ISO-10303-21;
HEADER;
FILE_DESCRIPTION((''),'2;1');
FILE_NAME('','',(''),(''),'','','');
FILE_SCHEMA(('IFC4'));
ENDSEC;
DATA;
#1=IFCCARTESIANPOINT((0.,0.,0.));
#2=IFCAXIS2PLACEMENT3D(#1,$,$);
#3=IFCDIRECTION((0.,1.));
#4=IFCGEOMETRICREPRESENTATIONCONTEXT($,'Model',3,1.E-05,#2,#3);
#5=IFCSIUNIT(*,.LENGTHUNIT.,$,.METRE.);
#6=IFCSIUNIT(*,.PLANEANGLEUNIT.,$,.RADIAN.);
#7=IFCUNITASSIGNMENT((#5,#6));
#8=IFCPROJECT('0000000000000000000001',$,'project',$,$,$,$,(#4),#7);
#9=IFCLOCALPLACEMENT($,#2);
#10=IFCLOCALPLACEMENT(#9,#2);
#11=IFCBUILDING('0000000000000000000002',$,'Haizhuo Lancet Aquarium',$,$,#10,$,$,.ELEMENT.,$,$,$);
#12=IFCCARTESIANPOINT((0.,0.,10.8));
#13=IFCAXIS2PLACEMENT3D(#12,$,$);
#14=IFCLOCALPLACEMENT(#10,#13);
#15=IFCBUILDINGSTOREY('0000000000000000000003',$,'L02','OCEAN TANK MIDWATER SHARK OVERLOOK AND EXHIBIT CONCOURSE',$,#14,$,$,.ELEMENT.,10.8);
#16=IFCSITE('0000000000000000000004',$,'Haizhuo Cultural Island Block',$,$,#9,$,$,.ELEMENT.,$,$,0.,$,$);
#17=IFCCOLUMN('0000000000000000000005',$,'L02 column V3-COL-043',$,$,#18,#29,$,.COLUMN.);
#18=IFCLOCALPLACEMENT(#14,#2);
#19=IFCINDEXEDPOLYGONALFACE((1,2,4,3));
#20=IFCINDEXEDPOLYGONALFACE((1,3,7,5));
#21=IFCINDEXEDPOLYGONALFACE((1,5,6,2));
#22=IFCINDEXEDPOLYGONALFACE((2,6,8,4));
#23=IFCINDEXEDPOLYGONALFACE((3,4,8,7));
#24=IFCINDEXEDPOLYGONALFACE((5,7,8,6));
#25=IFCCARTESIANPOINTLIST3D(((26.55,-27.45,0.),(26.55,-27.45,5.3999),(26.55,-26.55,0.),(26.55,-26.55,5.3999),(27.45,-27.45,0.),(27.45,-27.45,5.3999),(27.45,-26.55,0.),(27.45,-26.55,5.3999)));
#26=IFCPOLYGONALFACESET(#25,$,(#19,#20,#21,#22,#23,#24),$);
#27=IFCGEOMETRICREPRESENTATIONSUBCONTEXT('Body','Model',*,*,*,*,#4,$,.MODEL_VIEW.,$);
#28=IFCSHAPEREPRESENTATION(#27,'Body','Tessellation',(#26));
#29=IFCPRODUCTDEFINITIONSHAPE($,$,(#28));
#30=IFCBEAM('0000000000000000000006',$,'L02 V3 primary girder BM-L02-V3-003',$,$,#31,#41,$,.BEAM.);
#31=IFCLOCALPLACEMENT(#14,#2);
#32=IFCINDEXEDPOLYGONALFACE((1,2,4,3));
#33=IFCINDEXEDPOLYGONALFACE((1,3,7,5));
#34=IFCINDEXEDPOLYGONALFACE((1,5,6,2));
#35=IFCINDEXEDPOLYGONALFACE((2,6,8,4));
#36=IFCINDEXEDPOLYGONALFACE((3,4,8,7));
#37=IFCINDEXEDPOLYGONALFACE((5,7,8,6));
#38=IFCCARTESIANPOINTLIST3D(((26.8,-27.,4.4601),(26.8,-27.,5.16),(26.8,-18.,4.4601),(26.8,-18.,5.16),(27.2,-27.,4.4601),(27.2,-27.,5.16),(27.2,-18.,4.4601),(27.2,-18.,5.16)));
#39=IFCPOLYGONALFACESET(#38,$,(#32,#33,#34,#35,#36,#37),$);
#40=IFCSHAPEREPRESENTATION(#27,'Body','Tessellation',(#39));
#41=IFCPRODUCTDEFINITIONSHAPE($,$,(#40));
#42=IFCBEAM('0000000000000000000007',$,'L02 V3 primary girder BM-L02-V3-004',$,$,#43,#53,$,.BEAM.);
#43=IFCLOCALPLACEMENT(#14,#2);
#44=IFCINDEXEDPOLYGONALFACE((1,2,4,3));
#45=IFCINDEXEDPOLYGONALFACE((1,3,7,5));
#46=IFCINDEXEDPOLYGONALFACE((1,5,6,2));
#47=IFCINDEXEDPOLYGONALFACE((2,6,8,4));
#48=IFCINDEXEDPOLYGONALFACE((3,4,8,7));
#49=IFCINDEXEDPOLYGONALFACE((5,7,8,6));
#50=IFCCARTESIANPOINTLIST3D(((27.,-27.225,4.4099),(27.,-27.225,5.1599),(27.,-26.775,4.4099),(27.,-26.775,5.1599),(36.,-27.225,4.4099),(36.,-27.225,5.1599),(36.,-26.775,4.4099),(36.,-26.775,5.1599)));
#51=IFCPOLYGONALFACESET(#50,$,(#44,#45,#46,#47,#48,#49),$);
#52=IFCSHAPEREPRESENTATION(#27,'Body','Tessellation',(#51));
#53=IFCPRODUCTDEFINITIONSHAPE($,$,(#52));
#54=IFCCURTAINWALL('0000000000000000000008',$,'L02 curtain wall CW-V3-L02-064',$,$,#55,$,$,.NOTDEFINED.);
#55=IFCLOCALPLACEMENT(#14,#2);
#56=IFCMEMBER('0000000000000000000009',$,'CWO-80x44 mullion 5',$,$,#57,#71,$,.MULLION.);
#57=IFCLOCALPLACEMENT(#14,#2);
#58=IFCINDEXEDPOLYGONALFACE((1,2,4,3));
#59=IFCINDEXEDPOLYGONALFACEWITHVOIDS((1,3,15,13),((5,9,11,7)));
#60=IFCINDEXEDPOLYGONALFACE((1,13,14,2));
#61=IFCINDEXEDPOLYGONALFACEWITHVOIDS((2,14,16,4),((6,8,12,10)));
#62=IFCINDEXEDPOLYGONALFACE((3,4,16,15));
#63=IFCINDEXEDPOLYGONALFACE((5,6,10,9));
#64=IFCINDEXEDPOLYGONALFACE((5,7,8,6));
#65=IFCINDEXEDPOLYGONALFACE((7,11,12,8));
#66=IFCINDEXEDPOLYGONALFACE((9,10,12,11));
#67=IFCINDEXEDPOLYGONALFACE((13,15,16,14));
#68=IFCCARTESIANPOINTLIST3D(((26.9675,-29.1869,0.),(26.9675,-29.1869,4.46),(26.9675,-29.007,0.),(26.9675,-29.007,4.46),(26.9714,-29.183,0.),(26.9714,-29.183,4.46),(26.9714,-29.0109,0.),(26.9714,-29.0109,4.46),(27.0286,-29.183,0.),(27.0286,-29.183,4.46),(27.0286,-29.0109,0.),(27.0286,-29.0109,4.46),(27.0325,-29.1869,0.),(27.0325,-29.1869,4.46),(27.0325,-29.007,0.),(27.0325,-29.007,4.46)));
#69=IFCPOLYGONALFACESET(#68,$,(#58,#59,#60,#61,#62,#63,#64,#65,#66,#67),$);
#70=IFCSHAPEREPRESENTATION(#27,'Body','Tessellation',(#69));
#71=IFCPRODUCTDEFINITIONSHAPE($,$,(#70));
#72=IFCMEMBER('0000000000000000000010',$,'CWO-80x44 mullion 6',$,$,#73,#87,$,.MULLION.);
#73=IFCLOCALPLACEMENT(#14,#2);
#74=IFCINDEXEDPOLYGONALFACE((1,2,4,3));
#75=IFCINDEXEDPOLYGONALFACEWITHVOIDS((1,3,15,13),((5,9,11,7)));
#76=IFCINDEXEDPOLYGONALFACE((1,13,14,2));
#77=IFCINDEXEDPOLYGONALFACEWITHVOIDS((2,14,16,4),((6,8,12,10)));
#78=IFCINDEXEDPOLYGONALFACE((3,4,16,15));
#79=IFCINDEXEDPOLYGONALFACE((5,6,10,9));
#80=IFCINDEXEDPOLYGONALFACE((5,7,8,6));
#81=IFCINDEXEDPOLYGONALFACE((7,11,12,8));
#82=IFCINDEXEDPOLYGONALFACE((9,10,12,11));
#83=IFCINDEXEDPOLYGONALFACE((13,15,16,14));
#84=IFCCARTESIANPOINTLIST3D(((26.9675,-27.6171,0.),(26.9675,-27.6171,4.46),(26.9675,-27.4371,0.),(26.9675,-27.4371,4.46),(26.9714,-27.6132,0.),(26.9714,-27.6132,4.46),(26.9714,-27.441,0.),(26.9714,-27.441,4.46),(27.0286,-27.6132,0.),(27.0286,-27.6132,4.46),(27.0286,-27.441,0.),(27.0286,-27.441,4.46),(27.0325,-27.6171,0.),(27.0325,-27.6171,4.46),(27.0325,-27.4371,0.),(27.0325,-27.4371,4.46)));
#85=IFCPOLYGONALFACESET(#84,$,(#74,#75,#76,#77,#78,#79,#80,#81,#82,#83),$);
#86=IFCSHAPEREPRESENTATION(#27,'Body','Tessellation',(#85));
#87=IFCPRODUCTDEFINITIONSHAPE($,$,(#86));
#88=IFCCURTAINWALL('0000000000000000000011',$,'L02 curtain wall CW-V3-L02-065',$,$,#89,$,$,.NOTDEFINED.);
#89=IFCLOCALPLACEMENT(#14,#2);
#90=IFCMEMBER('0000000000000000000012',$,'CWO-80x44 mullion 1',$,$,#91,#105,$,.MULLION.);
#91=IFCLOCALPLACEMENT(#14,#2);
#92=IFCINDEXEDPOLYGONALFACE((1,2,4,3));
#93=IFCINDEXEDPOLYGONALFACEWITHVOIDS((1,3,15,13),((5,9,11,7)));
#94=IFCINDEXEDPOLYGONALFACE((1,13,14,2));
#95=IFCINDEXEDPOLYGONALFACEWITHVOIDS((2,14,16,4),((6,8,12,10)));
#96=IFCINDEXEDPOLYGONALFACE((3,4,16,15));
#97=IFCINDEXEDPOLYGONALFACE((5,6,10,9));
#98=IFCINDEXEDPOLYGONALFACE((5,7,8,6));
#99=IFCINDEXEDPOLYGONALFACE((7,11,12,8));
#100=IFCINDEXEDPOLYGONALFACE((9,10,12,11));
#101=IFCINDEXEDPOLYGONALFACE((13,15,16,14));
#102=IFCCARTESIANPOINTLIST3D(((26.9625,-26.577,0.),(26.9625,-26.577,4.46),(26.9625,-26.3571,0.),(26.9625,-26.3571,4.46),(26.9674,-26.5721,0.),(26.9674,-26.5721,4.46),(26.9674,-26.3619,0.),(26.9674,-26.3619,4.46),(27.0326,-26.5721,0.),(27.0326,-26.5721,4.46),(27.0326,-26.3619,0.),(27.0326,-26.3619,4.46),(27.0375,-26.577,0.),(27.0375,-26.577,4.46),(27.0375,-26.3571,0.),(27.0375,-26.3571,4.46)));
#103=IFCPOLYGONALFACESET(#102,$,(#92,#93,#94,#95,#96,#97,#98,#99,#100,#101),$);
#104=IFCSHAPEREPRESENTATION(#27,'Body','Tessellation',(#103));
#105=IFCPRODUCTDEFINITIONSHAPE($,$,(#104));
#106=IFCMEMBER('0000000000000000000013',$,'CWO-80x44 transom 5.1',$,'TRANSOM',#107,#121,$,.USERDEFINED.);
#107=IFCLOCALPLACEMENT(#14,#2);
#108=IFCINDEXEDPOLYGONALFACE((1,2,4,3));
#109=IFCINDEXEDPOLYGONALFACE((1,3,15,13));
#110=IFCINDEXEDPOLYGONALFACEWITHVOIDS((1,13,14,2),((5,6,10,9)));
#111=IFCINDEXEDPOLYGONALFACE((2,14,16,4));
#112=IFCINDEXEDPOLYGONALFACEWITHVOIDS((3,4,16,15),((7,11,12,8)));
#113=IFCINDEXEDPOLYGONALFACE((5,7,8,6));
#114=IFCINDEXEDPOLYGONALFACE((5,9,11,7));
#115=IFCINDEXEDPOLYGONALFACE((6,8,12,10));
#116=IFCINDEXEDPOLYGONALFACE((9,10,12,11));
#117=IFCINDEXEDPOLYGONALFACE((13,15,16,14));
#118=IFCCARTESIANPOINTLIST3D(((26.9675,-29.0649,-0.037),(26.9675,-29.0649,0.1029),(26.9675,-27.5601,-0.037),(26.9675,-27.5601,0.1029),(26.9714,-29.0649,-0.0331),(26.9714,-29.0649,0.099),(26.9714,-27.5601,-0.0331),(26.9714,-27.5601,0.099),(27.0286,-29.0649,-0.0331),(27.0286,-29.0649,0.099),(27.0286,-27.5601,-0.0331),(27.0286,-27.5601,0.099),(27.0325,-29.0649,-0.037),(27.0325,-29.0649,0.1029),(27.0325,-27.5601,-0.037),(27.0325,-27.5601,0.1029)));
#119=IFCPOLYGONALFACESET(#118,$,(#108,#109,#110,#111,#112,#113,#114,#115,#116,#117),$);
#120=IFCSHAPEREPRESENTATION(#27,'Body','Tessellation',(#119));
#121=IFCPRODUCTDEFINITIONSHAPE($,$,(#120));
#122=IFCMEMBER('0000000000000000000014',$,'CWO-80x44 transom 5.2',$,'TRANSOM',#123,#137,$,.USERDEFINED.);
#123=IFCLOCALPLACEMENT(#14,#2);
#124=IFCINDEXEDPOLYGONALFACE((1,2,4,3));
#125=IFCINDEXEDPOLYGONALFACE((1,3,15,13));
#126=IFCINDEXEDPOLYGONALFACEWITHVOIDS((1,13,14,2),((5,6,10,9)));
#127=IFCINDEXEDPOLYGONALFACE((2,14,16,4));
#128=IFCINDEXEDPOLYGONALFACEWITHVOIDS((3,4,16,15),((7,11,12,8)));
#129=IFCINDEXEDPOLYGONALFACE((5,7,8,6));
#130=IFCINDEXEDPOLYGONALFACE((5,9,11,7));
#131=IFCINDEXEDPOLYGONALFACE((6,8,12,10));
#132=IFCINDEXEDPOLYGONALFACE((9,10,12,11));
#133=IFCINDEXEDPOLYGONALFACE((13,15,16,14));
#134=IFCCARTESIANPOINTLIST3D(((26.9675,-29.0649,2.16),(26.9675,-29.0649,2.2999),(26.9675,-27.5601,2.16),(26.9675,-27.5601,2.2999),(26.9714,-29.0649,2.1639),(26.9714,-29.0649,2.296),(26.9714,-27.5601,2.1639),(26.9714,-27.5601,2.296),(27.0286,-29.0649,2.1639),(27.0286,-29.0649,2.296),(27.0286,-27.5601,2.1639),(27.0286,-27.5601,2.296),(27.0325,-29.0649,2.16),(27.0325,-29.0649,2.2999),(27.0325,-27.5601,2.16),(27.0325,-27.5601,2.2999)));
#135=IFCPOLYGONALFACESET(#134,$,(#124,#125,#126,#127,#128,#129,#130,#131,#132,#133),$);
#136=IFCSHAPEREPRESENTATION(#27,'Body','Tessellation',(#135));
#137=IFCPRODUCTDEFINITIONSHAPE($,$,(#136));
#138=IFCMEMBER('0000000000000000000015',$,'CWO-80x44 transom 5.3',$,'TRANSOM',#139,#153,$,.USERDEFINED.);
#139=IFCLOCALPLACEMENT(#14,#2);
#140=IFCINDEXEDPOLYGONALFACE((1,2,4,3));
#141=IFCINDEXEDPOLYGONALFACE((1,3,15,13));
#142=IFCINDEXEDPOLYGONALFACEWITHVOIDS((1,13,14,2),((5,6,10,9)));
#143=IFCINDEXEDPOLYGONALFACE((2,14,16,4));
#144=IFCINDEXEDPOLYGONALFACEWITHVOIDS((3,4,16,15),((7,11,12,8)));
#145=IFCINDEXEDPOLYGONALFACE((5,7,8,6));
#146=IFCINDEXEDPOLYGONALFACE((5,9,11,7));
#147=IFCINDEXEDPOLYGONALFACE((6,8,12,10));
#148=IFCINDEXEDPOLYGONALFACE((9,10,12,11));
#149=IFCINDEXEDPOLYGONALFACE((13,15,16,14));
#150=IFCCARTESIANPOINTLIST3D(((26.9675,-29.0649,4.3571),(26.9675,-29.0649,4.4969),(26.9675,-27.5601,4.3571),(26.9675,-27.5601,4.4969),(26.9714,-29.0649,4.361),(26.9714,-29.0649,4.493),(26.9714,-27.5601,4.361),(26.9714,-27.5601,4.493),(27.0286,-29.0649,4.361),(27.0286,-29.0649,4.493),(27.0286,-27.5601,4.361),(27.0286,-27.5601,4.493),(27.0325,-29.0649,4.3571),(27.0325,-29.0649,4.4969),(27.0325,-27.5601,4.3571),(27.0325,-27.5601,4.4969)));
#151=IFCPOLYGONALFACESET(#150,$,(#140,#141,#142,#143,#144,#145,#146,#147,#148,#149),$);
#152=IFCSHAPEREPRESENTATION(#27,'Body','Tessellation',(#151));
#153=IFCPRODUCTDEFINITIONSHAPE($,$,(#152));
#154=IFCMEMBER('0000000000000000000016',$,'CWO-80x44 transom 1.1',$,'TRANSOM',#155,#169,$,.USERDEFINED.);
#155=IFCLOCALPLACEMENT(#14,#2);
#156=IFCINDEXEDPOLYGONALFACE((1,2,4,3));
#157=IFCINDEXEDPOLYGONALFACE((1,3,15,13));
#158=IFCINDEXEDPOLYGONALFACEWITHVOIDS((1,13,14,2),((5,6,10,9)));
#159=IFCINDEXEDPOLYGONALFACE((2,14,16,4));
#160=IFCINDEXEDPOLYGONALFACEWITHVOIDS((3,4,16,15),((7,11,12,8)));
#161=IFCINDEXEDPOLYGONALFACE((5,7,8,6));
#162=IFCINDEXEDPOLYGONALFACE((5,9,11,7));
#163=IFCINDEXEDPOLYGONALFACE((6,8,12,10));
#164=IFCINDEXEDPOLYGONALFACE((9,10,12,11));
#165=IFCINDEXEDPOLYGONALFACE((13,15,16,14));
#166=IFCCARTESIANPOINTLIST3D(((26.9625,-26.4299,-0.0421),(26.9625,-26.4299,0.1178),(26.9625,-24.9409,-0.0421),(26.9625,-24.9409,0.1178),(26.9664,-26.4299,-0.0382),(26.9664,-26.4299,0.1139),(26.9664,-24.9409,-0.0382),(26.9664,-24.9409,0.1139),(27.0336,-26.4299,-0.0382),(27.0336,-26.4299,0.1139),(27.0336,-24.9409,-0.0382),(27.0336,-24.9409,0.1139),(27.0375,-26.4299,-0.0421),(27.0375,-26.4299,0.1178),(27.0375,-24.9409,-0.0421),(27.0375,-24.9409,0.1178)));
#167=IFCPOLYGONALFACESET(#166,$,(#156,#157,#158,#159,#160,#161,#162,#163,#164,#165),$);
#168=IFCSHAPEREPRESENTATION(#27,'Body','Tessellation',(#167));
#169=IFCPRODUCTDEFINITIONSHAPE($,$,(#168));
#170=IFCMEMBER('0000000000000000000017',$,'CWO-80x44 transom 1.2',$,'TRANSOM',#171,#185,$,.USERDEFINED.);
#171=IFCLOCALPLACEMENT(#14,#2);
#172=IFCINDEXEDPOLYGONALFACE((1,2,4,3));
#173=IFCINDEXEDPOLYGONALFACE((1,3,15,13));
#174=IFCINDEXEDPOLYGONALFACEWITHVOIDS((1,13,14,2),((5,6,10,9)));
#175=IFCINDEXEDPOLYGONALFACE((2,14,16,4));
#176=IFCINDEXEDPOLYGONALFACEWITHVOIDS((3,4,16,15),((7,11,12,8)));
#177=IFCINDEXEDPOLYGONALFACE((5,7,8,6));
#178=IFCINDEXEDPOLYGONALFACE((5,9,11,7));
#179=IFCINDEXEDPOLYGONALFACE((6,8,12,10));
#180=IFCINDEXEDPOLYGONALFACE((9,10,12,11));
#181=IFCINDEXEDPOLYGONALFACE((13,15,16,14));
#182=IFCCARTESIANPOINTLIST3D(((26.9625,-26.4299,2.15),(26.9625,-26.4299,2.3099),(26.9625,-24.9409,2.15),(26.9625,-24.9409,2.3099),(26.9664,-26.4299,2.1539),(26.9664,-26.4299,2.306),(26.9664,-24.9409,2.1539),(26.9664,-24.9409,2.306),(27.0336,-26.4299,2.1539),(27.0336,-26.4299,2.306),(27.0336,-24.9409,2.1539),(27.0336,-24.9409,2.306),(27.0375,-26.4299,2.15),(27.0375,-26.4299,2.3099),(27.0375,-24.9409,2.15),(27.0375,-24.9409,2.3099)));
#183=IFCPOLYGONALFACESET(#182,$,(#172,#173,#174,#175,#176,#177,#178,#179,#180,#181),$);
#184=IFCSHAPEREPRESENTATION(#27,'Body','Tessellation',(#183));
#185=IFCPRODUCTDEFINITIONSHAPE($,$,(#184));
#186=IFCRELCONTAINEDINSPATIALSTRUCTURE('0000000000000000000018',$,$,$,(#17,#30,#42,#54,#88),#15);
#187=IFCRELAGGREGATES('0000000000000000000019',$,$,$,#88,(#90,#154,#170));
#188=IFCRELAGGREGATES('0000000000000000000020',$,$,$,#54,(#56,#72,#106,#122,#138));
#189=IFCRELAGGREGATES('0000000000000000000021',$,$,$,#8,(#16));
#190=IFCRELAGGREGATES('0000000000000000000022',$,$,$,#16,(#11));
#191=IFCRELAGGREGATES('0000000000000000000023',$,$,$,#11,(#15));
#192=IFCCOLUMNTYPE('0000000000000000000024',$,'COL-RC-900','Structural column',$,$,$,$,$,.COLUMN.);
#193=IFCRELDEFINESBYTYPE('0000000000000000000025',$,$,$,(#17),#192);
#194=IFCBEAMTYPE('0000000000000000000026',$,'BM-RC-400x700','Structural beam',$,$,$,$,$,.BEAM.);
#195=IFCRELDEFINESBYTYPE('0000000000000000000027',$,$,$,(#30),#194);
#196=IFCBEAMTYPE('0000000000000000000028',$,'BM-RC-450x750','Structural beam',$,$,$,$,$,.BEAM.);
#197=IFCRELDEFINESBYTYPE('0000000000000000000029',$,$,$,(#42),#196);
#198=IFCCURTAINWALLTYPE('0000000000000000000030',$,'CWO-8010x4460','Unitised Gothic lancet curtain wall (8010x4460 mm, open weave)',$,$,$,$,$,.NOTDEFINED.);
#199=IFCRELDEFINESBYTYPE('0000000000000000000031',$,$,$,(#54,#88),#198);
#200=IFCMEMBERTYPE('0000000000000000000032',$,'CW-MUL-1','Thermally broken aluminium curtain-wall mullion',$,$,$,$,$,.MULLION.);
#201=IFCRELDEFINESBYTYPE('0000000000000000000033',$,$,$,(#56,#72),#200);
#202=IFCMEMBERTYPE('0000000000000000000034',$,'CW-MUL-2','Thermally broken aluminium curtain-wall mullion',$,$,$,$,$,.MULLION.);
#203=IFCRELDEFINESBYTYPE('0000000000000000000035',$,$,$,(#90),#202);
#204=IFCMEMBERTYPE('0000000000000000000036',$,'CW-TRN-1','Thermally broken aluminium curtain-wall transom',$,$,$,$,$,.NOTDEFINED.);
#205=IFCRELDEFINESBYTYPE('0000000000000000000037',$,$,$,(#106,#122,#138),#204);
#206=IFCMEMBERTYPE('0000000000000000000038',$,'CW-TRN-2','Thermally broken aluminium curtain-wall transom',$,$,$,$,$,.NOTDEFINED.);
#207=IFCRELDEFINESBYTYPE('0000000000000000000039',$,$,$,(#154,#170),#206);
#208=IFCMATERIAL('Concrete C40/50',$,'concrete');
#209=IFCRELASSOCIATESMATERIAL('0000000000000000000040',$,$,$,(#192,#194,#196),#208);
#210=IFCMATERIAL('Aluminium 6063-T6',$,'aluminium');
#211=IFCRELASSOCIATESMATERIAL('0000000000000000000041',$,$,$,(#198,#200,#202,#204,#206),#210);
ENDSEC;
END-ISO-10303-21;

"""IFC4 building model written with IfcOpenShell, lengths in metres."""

from ifc_helpers import new_model, si_unit, direction, frame, origin, origin_2d, place, context, subcontext, project, spatial, rectangle, hollow_rectangle, extrude, material, material_profile, profile_set, type_object, element, aggregate, save


model = new_model("IFC4")

# Units and contexts
model_context = context("Model", 3, precision=1e-05, world=origin(), true_north=direction((0.0, 1.0)))
body_context = subcontext(model_context, "Body", "Model", "MODEL_VIEW")
ifc_project = project(units=[si_unit("LENGTHUNIT", "METRE"), si_unit("PLANEANGLEUNIT", "RADIAN")], contexts=[model_context])

# Site, building, storey
site_placement = place(None, origin())
site = spatial("IfcSite", under=ifc_project, at=site_placement, Name="Haizhuo Cultural Island Block", CompositionType="ELEMENT", RefElevation=0.0)
building_placement = place(site_placement, origin())
building = spatial("IfcBuilding", under=site, at=building_placement, Name="Haizhuo Lancet Aquarium", CompositionType="ELEMENT")
storey_placement = place(building_placement, frame((0.0, 0.0, 10.8)))
storey = spatial("IfcBuildingStorey", under=building, at=storey_placement, Name="L02", Description="OCEAN TANK MIDWATER SHARK OVERLOOK AND EXHIBIT CONCOURSE", CompositionType="ELEMENT", Elevation=10.8)

# Column
ifc_material_1 = material(Name="Concrete C40/50", Category="concrete")
ifc_material_profile_1 = material_profile(ifc_material_1, rectangle(XDim=0.8999, YDim=0.8999, at=origin_2d()), Name="RC-COL 900x900")
ifc_profile_set_1 = profile_set([ifc_material_profile_1], Name="Concrete C40/50")
column_type = type_object("IfcColumnType", Name="COL-RC-900", Description="Structural column", PredefinedType="COLUMN", material=ifc_profile_set_1)
column_placement = place(storey_placement, frame((27.0, -27.0, 0.0), z_axis=(0.0, 0.0, 1.0), x_axis=(1.0, 0.0, 0.0)))
element("IfcColumn", 1, at=column_placement, inside=storey, type_object=column_type, Name="L02 column V3-COL-043", PredefinedType="COLUMN", context=body_context, shape_type="SweptSolid", body=[
    extrude(rectangle(XDim=0.8999, YDim=0.8999, at=origin_2d()), origin(), (0.0, 0.0, 1.0), 5.3999),
])

# Beams
ifc_material_profile_2 = material_profile(ifc_material_1, rectangle(XDim=0.3999, YDim=0.7, at=origin_2d()), Name="RC-BM 400x700")
ifc_profile_set_2 = profile_set([ifc_material_profile_2], Name="Concrete C40/50")
beam_type_1 = type_object("IfcBeamType", Name="BM-RC-400x700", Description="Structural beam", PredefinedType="BEAM", material=ifc_profile_set_2)
beam_1_placement = place(storey_placement, frame((27.0, -27.0, 4.8101), z_axis=(0.0, 1.0, 0.0), x_axis=(-1.0, 0.0, 0.0)))
element("IfcBeam", 2, at=beam_1_placement, inside=storey, type_object=beam_type_1, Name="L02 V3 primary girder BM-L02-V3-003", PredefinedType="BEAM", context=body_context, shape_type="SweptSolid", body=[
    extrude(rectangle(XDim=0.3999, YDim=0.7, at=origin_2d()), origin(), (0.0, 0.0, 1.0), 9.0),
])
ifc_material_profile_3 = material_profile(ifc_material_1, rectangle(XDim=0.45, YDim=0.75, at=origin_2d()), Name="RC-BM 450x750")
ifc_profile_set_3 = profile_set([ifc_material_profile_3], Name="Concrete C40/50")
beam_type_2 = type_object("IfcBeamType", Name="BM-RC-450x750", Description="Structural beam", PredefinedType="BEAM", material=ifc_profile_set_3)
beam_2_placement = place(storey_placement, frame((27.0, -27.0, 4.7849), z_axis=(1.0, 0.0, 0.0), x_axis=(0.0, 1.0, 0.0)))
element("IfcBeam", 3, at=beam_2_placement, inside=storey, type_object=beam_type_2, Name="L02 V3 primary girder BM-L02-V3-004", PredefinedType="BEAM", context=body_context, shape_type="SweptSolid", body=[
    extrude(rectangle(XDim=0.45, YDim=0.75, at=origin_2d()), origin(), (0.0, 0.0, 1.0), 9.0),
])

# Curtain wall, members
ifc_material_2 = material(Name="Aluminium 6063-T6", Category="aluminium")
curtain_wall_type = type_object("IfcCurtainWallType", Name="CWO-8010x4460", Description="Unitised Gothic lancet curtain wall (8010x4460 mm, open weave)", PredefinedType="NOTDEFINED", material=ifc_material_2)
curtain_wall_1_placement = place(storey_placement, origin())
curtain_wall_1 = element("IfcCurtainWall", 4, at=curtain_wall_1_placement, inside=storey, type_object=curtain_wall_type, Name="L02 curtain wall CW-V3-L02-064", PredefinedType="NOTDEFINED")
ifc_material_profile_4 = material_profile(ifc_material_2, hollow_rectangle(XDim=0.0649, YDim=0.1799, WallThickness=0.0039, at=origin_2d()), Name="ALU-M 65x180x4")
ifc_profile_set_4 = profile_set([ifc_material_profile_4], Name="Aluminium 6063-T6")
member_type_1 = type_object("IfcMemberType", Name="CW-MUL-1", Description="Thermally broken aluminium curtain-wall mullion", PredefinedType="MULLION", material=ifc_profile_set_4)
member_1_placement = place(storey_placement, frame((27.0, -29.0969, 0.0), z_axis=(0.0, 0.0, 1.0), x_axis=(-1.0, 0.0, 0.0)))
member_1 = element("IfcMember", 5, at=member_1_placement, type_object=member_type_1, Name="CWO-80x44 mullion 5", PredefinedType="MULLION", context=body_context, shape_type="SweptSolid", body=[
    extrude(hollow_rectangle(XDim=0.0649, YDim=0.1799, WallThickness=0.0039, at=origin_2d()), origin(), (0.0, 0.0, 1.0), 4.46),
])
member_2_placement = place(storey_placement, frame((27.0, -27.5271, 0.0), z_axis=(0.0, 0.0, 1.0), x_axis=(-1.0, 0.0, 0.0)))
member_2 = element("IfcMember", 6, at=member_2_placement, type_object=member_type_1, Name="CWO-80x44 mullion 6", PredefinedType="MULLION", context=body_context, shape_type="SweptSolid", body=[
    extrude(hollow_rectangle(XDim=0.0649, YDim=0.1799, WallThickness=0.0039, at=origin_2d()), origin(), (0.0, 0.0, 1.0), 4.46),
])

# Curtain wall, member
curtain_wall_2_placement = place(storey_placement, origin())
curtain_wall_2 = element("IfcCurtainWall", 7, at=curtain_wall_2_placement, inside=storey, type_object=curtain_wall_type, Name="L02 curtain wall CW-V3-L02-065", PredefinedType="NOTDEFINED")
ifc_material_profile_5 = material_profile(ifc_material_2, hollow_rectangle(XDim=0.075, YDim=0.22, WallThickness=0.0049, at=origin_2d()), Name="ALU-M 75x220x5")
ifc_profile_set_5 = profile_set([ifc_material_profile_5], Name="Aluminium 6063-T6")
member_type_2 = type_object("IfcMemberType", Name="CW-MUL-2", Description="Thermally broken aluminium curtain-wall mullion", PredefinedType="MULLION", material=ifc_profile_set_5)
member_3_placement = place(storey_placement, frame((27.0, -26.467, 0.0), z_axis=(0.0, 0.0, 1.0), x_axis=(-1.0, 0.0, 0.0)))
member_3 = element("IfcMember", 8, at=member_3_placement, type_object=member_type_2, Name="CWO-80x44 mullion 1", PredefinedType="MULLION", context=body_context, shape_type="SweptSolid", body=[
    extrude(hollow_rectangle(XDim=0.075, YDim=0.22, WallThickness=0.0049, at=origin_2d()), origin(), (0.0, 0.0, 1.0), 4.46),
])

# Members
ifc_material_profile_6 = material_profile(ifc_material_2, hollow_rectangle(XDim=0.0649, YDim=0.1399, WallThickness=0.0039, at=origin_2d()), Name="ALU-T 65x140x4")
ifc_profile_set_6 = profile_set([ifc_material_profile_6], Name="Aluminium 6063-T6")
member_type_3 = type_object("IfcMemberType", Name="CW-TRN-1", Description="Thermally broken aluminium curtain-wall transom", PredefinedType="NOTDEFINED", material=ifc_profile_set_6)
member_4_placement = place(storey_placement, frame((27.0, -29.0649, 0.033), z_axis=(0.0, 1.0, 0.0), x_axis=(-1.0, 0.0, 0.0)))
member_4 = element("IfcMember", 9, at=member_4_placement, type_object=member_type_3, Name="CWO-80x44 transom 5.1", ObjectType="TRANSOM", PredefinedType="USERDEFINED", context=body_context, shape_type="SweptSolid", body=[
    extrude(hollow_rectangle(XDim=0.0649, YDim=0.1399, WallThickness=0.0039, at=origin_2d()), origin(), (0.0, 0.0, 1.0), 1.5049),
])
member_5_placement = place(storey_placement, frame((27.0, -29.0649, 2.23), z_axis=(0.0, 1.0, 0.0), x_axis=(-1.0, 0.0, 0.0)))
member_5 = element("IfcMember", 10, at=member_5_placement, type_object=member_type_3, Name="CWO-80x44 transom 5.2", ObjectType="TRANSOM", PredefinedType="USERDEFINED", context=body_context, shape_type="SweptSolid", body=[
    extrude(hollow_rectangle(XDim=0.0649, YDim=0.1399, WallThickness=0.0039, at=origin_2d()), origin(), (0.0, 0.0, 1.0), 1.5049),
])
member_6_placement = place(storey_placement, frame((27.0, -29.0649, 4.427), z_axis=(0.0, 1.0, 0.0), x_axis=(-1.0, 0.0, 0.0)))
member_6 = element("IfcMember", 11, at=member_6_placement, type_object=member_type_3, Name="CWO-80x44 transom 5.3", ObjectType="TRANSOM", PredefinedType="USERDEFINED", context=body_context, shape_type="SweptSolid", body=[
    extrude(hollow_rectangle(XDim=0.0649, YDim=0.1399, WallThickness=0.0039, at=origin_2d()), origin(), (0.0, 0.0, 1.0), 1.5049),
])
ifc_material_profile_7 = material_profile(ifc_material_2, hollow_rectangle(XDim=0.075, YDim=0.1599, WallThickness=0.0039, at=origin_2d()), Name="ALU-T 75x160x4")
ifc_profile_set_7 = profile_set([ifc_material_profile_7], Name="Aluminium 6063-T6")
member_type_4 = type_object("IfcMemberType", Name="CW-TRN-2", Description="Thermally broken aluminium curtain-wall transom", PredefinedType="NOTDEFINED", material=ifc_profile_set_7)
member_7_placement = place(storey_placement, frame((27.0, -26.4299, 0.0378), z_axis=(0.0, 1.0, 0.0), x_axis=(-1.0, 0.0, 0.0)))
member_7 = element("IfcMember", 12, at=member_7_placement, type_object=member_type_4, Name="CWO-80x44 transom 1.1", ObjectType="TRANSOM", PredefinedType="USERDEFINED", context=body_context, shape_type="SweptSolid", body=[
    extrude(hollow_rectangle(XDim=0.075, YDim=0.1599, WallThickness=0.0039, at=origin_2d()), origin(), (0.0, 0.0, 1.0), 1.489),
])
member_8_placement = place(storey_placement, frame((27.0, -26.4299, 2.23), z_axis=(0.0, 1.0, 0.0), x_axis=(-1.0, 0.0, 0.0)))
member_8 = element("IfcMember", 13, at=member_8_placement, type_object=member_type_4, Name="CWO-80x44 transom 1.2", ObjectType="TRANSOM", PredefinedType="USERDEFINED", context=body_context, shape_type="SweptSolid", body=[
    extrude(hollow_rectangle(XDim=0.075, YDim=0.1599, WallThickness=0.0039, at=origin_2d()), origin(), (0.0, 0.0, 1.0), 1.489),
])
aggregate(curtain_wall_2, [member_3, member_7, member_8])

aggregate(curtain_wall_1, [member_1, member_2, member_4, member_5, member_6])

save(model, "model.ifc")
